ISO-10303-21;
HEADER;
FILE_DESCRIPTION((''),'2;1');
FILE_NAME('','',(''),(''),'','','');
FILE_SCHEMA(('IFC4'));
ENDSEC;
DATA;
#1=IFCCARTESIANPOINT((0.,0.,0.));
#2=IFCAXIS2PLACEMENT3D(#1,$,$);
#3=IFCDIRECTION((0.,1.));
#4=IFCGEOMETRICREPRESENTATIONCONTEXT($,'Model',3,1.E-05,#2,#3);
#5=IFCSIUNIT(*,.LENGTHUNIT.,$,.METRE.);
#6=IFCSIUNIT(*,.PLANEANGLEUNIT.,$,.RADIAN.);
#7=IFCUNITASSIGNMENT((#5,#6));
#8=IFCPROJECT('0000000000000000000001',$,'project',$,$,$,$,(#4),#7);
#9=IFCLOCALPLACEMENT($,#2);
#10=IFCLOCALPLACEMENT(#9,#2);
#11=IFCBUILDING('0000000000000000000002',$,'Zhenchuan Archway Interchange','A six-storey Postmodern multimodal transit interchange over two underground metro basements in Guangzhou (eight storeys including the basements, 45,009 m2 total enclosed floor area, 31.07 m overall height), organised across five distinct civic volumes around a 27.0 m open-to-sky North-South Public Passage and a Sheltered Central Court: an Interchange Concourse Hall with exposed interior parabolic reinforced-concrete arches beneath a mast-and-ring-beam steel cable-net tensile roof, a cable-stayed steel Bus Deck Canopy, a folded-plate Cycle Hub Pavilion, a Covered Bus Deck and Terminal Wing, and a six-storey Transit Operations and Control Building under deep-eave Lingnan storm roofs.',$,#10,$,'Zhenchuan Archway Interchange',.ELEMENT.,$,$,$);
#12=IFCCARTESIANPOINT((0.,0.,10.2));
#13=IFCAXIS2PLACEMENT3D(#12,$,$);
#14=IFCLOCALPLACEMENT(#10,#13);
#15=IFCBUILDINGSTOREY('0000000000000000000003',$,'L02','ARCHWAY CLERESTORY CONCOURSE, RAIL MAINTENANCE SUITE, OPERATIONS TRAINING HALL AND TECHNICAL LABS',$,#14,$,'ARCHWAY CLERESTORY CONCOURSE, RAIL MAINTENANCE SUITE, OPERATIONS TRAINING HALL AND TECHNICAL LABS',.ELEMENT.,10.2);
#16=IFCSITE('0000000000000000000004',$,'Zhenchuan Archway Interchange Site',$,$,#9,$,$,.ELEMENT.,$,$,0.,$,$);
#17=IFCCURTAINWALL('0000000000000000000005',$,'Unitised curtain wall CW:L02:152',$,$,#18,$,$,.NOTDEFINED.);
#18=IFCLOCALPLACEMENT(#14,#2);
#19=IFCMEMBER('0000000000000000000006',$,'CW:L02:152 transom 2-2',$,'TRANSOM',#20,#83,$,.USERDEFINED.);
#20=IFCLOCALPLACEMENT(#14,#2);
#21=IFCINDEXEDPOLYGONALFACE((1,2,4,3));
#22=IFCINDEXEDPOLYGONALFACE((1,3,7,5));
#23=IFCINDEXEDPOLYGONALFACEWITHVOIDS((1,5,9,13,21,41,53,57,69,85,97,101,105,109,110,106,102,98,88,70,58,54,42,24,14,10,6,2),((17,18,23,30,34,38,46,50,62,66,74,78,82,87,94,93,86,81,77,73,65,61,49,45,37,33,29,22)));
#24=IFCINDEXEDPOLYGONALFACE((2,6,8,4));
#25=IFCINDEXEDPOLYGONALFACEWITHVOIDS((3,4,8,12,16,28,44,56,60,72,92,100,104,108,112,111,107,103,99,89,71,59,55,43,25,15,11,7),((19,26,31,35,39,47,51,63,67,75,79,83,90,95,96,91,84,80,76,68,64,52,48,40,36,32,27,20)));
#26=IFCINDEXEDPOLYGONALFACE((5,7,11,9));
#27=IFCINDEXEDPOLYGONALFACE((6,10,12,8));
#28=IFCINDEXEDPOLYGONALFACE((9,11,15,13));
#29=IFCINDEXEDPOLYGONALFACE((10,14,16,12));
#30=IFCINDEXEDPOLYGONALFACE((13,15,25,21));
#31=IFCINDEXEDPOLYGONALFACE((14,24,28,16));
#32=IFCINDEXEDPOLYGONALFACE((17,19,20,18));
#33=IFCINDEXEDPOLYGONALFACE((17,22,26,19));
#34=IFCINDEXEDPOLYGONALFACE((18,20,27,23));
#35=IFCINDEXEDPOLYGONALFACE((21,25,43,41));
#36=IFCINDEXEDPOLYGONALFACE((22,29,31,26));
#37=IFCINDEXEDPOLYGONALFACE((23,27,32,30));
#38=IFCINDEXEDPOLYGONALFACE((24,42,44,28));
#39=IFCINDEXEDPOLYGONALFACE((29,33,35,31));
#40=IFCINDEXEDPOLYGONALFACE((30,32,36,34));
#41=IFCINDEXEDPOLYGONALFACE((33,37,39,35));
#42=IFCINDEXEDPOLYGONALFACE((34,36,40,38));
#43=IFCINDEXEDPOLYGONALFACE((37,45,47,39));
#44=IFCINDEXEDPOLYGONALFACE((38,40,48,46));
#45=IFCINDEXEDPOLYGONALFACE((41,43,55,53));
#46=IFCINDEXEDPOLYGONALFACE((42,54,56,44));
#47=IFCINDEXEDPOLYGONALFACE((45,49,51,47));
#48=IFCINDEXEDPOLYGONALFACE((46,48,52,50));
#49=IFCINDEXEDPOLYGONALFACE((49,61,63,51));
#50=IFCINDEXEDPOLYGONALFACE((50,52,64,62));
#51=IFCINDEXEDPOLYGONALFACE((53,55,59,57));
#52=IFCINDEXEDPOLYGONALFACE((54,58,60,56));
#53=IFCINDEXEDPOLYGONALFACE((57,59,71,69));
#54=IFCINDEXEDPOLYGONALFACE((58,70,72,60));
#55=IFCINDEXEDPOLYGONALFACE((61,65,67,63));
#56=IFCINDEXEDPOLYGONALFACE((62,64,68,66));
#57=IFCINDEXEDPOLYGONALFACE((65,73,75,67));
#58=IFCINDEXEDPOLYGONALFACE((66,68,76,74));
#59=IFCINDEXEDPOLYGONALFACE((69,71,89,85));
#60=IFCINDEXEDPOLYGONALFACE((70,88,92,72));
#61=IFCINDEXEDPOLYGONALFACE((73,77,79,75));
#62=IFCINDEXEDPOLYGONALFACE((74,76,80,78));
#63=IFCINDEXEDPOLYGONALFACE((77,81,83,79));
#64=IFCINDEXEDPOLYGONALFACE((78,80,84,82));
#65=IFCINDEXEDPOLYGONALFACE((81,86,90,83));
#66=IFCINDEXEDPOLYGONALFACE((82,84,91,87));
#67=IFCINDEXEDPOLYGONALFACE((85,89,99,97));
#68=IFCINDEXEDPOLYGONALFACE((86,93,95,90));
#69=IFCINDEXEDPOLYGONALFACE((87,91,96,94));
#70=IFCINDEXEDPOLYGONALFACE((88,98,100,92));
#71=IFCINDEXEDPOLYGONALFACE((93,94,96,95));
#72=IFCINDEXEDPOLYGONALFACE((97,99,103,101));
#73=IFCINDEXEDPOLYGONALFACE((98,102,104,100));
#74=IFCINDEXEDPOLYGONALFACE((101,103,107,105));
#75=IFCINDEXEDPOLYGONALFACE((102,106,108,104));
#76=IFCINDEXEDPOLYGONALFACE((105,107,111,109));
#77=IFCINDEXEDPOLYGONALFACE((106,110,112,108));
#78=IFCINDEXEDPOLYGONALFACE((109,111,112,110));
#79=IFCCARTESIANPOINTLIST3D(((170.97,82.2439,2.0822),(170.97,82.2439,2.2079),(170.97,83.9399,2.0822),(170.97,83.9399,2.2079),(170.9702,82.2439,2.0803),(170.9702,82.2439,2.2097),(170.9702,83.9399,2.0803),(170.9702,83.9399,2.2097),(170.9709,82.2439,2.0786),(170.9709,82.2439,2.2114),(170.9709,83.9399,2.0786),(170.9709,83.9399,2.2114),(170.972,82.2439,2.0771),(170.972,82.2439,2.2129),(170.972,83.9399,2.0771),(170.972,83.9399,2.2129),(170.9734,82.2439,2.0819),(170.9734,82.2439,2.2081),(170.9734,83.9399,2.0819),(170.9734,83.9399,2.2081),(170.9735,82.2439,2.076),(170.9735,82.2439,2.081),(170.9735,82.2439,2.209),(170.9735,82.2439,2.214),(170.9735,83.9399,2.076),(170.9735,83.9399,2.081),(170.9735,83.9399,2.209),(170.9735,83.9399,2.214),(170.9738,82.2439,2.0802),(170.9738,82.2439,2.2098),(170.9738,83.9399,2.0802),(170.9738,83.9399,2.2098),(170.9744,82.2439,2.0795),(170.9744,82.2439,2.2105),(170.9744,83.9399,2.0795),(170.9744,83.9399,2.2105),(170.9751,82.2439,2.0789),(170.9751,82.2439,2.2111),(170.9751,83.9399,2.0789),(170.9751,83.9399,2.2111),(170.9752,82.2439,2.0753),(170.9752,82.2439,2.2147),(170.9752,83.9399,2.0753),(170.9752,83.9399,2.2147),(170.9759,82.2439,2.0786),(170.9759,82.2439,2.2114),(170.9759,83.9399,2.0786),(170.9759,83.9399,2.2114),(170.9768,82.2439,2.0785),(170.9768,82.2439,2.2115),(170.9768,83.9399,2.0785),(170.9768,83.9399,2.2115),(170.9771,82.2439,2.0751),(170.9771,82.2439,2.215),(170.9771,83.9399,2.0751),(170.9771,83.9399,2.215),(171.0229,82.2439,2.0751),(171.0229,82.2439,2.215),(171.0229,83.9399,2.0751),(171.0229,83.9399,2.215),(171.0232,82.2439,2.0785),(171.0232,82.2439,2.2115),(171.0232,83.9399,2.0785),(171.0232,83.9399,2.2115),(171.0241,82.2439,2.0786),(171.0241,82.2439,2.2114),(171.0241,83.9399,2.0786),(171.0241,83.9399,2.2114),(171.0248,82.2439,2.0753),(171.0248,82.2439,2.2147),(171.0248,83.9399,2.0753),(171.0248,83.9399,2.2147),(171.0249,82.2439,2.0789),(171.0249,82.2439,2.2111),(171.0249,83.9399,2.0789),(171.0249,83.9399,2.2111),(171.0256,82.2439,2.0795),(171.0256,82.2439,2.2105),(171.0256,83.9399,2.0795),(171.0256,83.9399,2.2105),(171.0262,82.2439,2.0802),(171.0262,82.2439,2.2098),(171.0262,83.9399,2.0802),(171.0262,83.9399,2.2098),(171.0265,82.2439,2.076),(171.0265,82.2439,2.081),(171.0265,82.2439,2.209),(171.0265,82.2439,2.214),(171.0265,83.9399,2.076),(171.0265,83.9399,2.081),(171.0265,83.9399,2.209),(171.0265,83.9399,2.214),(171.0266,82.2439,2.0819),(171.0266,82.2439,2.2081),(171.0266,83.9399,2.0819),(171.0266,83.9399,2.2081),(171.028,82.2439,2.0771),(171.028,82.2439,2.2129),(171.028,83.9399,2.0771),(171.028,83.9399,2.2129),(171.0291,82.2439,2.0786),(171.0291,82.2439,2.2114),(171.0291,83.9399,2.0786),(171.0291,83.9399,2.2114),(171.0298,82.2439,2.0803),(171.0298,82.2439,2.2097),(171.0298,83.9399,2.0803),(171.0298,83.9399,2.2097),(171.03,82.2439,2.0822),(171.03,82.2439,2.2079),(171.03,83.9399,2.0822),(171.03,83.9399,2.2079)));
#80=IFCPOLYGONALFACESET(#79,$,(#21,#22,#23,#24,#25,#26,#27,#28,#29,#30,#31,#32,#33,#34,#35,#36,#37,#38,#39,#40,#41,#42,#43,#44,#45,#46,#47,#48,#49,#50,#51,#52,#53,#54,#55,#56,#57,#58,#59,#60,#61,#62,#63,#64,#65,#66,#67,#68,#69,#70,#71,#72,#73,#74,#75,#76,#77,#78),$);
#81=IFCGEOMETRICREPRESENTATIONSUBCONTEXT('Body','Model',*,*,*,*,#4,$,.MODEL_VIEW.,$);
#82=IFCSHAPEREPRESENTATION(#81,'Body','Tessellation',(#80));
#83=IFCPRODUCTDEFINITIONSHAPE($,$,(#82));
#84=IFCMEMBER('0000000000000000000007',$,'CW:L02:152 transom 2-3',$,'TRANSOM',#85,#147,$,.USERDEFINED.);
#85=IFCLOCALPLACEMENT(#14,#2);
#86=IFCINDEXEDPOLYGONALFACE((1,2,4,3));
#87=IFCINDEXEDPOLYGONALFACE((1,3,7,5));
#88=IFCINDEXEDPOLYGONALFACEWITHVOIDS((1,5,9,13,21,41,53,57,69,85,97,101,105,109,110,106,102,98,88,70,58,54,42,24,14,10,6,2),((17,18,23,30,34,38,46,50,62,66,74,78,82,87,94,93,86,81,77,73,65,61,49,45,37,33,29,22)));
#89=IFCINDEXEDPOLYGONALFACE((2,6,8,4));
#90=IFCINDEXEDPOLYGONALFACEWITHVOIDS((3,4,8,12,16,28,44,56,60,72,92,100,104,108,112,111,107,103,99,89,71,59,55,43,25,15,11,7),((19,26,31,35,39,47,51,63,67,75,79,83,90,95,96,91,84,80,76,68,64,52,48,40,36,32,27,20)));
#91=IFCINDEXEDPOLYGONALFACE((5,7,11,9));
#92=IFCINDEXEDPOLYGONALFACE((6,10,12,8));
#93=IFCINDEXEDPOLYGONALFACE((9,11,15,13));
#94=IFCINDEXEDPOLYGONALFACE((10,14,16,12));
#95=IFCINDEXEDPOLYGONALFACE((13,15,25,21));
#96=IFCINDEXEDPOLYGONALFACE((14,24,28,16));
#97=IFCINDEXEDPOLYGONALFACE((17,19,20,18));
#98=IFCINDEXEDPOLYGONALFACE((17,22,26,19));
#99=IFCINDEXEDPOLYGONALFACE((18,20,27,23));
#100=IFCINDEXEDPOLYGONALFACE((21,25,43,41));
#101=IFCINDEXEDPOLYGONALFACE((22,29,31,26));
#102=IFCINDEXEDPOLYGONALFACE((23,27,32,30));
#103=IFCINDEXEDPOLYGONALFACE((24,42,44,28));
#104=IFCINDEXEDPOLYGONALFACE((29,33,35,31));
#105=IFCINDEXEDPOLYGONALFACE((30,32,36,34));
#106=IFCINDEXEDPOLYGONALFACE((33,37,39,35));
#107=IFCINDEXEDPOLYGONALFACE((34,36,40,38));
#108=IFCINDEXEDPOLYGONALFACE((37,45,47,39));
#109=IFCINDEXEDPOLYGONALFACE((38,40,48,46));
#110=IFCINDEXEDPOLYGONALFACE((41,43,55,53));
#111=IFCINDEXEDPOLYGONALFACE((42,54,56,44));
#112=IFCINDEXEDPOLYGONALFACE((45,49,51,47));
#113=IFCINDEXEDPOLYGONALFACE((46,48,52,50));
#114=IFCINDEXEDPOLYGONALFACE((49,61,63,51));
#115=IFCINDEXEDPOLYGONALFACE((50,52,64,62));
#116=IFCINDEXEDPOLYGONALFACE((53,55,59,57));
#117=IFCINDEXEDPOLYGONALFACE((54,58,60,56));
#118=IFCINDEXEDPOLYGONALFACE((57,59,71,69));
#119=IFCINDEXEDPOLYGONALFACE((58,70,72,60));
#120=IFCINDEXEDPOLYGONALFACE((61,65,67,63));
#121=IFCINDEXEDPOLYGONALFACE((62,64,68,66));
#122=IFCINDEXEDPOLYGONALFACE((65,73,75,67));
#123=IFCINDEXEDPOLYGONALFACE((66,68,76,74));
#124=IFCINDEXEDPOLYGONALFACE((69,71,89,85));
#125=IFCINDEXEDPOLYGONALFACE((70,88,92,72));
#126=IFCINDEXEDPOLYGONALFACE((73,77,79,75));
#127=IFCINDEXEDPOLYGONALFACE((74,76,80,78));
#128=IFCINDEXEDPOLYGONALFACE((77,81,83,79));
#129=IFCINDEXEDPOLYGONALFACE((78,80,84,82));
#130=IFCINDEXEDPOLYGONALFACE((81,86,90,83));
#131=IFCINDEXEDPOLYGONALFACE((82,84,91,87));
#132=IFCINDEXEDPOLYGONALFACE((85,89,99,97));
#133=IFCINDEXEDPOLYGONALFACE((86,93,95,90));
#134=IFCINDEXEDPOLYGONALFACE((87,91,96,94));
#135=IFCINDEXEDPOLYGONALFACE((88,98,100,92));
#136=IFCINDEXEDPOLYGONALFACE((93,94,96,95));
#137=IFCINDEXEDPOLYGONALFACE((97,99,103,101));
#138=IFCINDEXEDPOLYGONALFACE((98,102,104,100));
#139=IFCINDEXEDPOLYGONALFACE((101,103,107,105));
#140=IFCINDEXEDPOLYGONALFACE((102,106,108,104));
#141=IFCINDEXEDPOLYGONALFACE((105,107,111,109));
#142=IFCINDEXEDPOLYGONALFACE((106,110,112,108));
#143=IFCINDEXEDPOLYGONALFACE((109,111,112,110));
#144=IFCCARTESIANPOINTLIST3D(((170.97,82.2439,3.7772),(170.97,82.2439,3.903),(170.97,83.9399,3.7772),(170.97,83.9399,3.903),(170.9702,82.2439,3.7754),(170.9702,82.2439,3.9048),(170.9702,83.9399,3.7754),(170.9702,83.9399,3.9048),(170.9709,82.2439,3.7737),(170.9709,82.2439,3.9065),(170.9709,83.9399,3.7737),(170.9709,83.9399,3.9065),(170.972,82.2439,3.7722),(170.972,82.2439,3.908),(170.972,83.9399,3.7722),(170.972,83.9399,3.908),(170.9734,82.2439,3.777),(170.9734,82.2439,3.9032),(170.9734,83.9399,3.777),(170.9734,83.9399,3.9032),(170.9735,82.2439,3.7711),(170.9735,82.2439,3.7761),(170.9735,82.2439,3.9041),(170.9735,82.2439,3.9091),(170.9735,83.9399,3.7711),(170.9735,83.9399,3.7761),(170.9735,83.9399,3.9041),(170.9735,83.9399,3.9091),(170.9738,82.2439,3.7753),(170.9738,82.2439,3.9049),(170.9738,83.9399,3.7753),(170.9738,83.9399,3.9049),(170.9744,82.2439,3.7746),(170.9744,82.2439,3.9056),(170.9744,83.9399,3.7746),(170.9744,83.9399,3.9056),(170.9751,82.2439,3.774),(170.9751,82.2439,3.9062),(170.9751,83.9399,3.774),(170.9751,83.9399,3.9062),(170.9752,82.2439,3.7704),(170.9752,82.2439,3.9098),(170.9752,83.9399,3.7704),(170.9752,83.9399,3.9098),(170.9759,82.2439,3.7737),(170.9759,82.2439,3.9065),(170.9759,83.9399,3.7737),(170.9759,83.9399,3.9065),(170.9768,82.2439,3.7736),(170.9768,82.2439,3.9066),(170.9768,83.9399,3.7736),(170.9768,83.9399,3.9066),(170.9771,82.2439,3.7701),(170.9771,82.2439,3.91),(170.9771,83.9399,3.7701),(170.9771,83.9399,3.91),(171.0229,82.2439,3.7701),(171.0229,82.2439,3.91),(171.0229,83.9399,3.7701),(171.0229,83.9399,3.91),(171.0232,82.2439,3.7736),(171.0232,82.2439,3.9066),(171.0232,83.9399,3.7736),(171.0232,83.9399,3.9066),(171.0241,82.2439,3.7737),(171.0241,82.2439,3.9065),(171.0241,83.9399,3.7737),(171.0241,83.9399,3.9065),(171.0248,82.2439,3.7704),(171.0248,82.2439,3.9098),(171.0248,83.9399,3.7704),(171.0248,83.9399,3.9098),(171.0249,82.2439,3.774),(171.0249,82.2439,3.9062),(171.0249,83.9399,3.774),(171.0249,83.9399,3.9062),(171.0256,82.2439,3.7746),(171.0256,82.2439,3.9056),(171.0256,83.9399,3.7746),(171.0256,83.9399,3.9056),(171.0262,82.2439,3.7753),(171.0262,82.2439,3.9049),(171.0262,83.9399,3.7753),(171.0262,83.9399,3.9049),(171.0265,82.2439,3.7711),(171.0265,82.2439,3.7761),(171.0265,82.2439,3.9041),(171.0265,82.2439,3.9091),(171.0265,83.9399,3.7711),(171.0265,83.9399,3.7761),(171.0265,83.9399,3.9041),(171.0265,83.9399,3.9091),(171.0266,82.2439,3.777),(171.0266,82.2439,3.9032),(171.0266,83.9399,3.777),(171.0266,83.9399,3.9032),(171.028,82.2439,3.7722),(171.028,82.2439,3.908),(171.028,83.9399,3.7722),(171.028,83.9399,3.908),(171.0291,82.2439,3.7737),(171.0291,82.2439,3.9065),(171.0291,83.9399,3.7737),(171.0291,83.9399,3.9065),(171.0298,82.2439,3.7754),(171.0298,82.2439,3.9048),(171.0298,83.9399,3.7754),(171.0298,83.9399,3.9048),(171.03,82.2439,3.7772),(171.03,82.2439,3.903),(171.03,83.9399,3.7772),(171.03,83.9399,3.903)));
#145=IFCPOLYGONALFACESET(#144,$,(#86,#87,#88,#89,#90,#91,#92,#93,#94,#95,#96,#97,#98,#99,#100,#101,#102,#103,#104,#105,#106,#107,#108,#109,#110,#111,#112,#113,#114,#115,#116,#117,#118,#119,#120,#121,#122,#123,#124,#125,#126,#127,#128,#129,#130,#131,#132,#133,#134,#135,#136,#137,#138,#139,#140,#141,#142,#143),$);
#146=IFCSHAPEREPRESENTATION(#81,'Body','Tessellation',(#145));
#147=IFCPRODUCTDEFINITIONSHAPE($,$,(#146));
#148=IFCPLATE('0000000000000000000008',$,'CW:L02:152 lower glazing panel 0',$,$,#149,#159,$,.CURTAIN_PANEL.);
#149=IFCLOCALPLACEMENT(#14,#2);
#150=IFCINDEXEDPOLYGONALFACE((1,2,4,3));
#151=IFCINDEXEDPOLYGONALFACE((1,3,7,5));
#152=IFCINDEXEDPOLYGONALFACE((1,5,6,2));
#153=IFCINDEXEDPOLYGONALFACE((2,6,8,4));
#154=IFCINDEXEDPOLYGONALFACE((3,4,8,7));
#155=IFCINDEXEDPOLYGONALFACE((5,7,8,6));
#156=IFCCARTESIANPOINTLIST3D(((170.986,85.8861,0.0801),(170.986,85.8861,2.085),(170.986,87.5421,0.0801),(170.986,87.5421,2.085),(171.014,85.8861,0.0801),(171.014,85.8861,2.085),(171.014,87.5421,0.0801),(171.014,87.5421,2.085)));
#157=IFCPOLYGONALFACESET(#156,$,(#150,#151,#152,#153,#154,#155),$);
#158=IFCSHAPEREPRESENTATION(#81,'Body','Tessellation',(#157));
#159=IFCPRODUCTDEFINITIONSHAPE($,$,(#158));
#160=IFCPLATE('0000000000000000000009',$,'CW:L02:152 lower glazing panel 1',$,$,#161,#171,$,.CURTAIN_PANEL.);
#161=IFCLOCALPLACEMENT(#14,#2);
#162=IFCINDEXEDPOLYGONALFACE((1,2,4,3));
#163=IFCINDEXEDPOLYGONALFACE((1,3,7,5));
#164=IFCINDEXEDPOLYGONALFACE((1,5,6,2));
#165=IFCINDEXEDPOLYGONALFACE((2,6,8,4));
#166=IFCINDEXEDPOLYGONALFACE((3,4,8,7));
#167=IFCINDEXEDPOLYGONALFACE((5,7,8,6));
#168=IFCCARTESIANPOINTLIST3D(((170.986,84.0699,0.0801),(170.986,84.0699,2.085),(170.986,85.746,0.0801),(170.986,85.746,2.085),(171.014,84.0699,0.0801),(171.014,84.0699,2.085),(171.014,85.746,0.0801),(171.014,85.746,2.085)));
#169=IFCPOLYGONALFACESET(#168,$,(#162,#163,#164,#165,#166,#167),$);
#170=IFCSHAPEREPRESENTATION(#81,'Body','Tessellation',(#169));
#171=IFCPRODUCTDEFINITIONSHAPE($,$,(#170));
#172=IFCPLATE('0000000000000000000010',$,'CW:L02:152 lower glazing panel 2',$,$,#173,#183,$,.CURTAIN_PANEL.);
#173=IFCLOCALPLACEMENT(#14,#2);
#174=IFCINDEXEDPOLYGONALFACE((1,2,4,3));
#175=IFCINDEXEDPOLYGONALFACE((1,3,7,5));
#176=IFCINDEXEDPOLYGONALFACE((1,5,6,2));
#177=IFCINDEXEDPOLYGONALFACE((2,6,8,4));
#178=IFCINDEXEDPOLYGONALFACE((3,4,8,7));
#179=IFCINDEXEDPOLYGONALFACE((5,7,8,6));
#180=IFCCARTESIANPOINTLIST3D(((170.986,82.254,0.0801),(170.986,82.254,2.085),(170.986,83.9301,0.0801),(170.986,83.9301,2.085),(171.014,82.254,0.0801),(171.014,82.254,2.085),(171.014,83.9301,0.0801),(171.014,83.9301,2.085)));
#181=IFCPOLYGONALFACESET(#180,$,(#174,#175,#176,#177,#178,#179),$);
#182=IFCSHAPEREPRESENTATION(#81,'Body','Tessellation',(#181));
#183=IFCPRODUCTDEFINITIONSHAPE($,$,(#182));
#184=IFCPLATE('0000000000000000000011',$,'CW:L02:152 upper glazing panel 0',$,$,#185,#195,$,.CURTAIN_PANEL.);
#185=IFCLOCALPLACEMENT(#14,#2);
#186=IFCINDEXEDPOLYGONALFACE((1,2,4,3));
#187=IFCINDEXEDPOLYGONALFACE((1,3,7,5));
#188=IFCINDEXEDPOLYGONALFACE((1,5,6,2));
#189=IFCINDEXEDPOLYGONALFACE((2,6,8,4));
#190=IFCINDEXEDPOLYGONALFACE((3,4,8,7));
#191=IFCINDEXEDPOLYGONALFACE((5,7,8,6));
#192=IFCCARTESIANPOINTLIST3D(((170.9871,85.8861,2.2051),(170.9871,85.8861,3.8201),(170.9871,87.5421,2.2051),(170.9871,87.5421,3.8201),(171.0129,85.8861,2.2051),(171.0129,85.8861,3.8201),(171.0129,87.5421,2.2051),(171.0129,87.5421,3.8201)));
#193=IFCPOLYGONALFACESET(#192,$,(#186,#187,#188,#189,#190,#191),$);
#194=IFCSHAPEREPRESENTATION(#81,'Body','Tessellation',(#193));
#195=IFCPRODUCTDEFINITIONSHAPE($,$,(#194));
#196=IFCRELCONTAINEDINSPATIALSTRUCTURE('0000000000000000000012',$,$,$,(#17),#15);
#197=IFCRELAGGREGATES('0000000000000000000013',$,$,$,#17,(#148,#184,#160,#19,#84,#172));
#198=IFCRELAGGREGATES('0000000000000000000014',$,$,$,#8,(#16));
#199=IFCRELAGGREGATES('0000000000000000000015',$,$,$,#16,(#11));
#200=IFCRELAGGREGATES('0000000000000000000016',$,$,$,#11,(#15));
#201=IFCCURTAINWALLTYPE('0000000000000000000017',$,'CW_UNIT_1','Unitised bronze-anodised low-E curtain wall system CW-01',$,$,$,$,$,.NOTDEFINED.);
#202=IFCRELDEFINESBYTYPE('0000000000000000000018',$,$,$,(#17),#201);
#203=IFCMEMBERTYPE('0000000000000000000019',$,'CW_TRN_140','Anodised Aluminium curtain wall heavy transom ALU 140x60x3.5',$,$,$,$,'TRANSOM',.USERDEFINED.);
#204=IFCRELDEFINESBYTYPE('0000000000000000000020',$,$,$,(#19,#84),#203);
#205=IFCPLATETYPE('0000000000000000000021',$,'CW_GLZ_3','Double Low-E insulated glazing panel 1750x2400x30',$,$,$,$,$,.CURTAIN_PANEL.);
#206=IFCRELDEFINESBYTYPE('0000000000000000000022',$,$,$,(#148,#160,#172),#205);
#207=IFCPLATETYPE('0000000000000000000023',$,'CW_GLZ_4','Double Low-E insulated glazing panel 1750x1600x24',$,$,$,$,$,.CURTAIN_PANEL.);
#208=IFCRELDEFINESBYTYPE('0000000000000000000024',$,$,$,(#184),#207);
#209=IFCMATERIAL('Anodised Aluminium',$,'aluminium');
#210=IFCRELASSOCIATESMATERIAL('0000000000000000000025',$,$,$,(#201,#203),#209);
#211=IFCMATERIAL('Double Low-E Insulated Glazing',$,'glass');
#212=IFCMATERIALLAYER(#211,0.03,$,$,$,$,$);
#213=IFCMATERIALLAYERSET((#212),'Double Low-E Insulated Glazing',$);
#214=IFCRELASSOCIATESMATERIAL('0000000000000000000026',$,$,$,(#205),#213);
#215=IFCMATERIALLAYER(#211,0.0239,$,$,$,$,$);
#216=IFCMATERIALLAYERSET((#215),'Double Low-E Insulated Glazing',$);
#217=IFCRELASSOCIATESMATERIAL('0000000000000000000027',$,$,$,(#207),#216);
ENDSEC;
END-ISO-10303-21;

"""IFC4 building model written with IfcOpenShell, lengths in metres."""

from ifc_helpers import new_model, si_unit, direction, frame, origin, origin_2d, place, context, subcontext, project, spatial, rectangle, hollow_rectangle, extrude, material, layer, layer_set, material_profile, profile_set, type_object, element, aggregate, save


model = new_model("IFC4")

# Units and contexts
model_context = context("Model", 3, precision=1e-05, world=origin(), true_north=direction((0.0, 1.0)))
body_context = subcontext(model_context, "Body", "Model", "MODEL_VIEW")
ifc_project = project(units=[si_unit("LENGTHUNIT", "METRE"), si_unit("PLANEANGLEUNIT", "RADIAN")], contexts=[model_context])

# Site, building, storey
site_placement = place(None, origin())
site = spatial("IfcSite", under=ifc_project, at=site_placement, Name="Zhenchuan Archway Interchange Site", CompositionType="ELEMENT", RefElevation=0.0)
building_placement = place(site_placement, origin())
building = spatial("IfcBuilding", under=site, at=building_placement, Name="Zhenchuan Archway Interchange", Description="A six-storey Postmodern multimodal transit interchange over two underground metro basements in Guangzhou (eight storeys including the basements, 45,009 m2 total enclosed floor area, 31.07 m overall height), organised across five distinct civic volumes around a 27.0 m open-to-sky North-South Public Passage and a Sheltered Central Court: an Interchange Concourse Hall with exposed interior parabolic reinforced-concrete arches beneath a mast-and-ring-beam steel cable-net tensile roof, a cable-stayed steel Bus Deck Canopy, a folded-plate Cycle Hub Pavilion, a Covered Bus Deck and Terminal Wing, and a six-storey Transit Operations and Control Building under deep-eave Lingnan storm roofs.", LongName="Zhenchuan Archway Interchange", CompositionType="ELEMENT")
storey_placement = place(building_placement, frame((0.0, 0.0, 10.2)))
storey = spatial("IfcBuildingStorey", under=building, at=storey_placement, Name="L02", Description="ARCHWAY CLERESTORY CONCOURSE, RAIL MAINTENANCE SUITE, OPERATIONS TRAINING HALL AND TECHNICAL LABS", LongName="ARCHWAY CLERESTORY CONCOURSE, RAIL MAINTENANCE SUITE, OPERATIONS TRAINING HALL AND TECHNICAL LABS", CompositionType="ELEMENT", Elevation=10.2)

# Curtain wall, members, plates
ifc_material_1 = material(Name="Anodised Aluminium", Category="aluminium")
curtain_wall_type = type_object("IfcCurtainWallType", Name="CW_UNIT_1", Description="Unitised bronze-anodised low-E curtain wall system CW-01", PredefinedType="NOTDEFINED", material=ifc_material_1)
curtain_wall_placement = place(storey_placement, origin())
curtain_wall = element("IfcCurtainWall", 1, at=curtain_wall_placement, inside=storey, type_object=curtain_wall_type, Name="Unitised curtain wall CW:L02:152", PredefinedType="NOTDEFINED")
ifc_material_profile_1 = material_profile(ifc_material_1, hollow_rectangle(XDim=0.0601, YDim=0.1399, WallThickness=0.0034, InnerFilletRadius=0.0034, OuterFilletRadius=0.0071, at=origin_2d()), Name="ALU 140x60x3.5")
ifc_profile_set_1 = profile_set([ifc_material_profile_1], Name="Anodised Aluminium")
member_type_1 = type_object("IfcMemberType", Name="CW_TRN_140", Description="Anodised Aluminium curtain wall heavy transom ALU 140x60x3.5", ElementType="TRANSOM", PredefinedType="USERDEFINED", material=ifc_profile_set_1)
member_1_placement = place(storey_placement, frame((171.0, 83.9399, 2.145), z_axis=(0.0, -1.0, 0.0), x_axis=(1.0, 0.0, 0.0)))
member_1 = element("IfcMember", 2, at=member_1_placement, type_object=member_type_1, Name="CW:L02:152 transom 2-2", ObjectType="TRANSOM", PredefinedType="USERDEFINED", context=body_context, shape_type="SweptSolid", body=[
    extrude(hollow_rectangle(XDim=0.0601, YDim=0.1399, WallThickness=0.0034, InnerFilletRadius=0.0034, OuterFilletRadius=0.0071, at=origin_2d()), origin(), (0.0, 0.0, 1.0), 1.696),
])
member_2_placement = place(storey_placement, frame((171.0, 83.9399, 3.8401), z_axis=(0.0, -1.0, 0.0), x_axis=(1.0, 0.0, 0.0)))
member_2 = element("IfcMember", 3, at=member_2_placement, type_object=member_type_1, Name="CW:L02:152 transom 2-3", ObjectType="TRANSOM", PredefinedType="USERDEFINED", context=body_context, shape_type="SweptSolid", body=[
    extrude(hollow_rectangle(XDim=0.0601, YDim=0.1399, WallThickness=0.0034, InnerFilletRadius=0.0034, OuterFilletRadius=0.0071, at=origin_2d()), origin(), (0.0, 0.0, 1.0), 1.696),
])
ifc_material_2 = material(Name="Double Low-E Insulated Glazing", Category="glass")
ifc_layer_1 = layer(ifc_material_2, 0.03)
ifc_layer_set_1 = layer_set([ifc_layer_1], Name="Double Low-E Insulated Glazing")
plate_type_1 = type_object("IfcPlateType", Name="CW_GLZ_3", Description="Double Low-E insulated glazing panel 1750x2400x30", PredefinedType="CURTAIN_PANEL", material=ifc_layer_set_1)
plate_1_placement = place(storey_placement, frame((171.0, 86.7141, 0.0801), z_axis=(0.0, 0.0, 1.0), x_axis=(0.0, -1.0, 0.0)))
plate_1 = element("IfcPlate", 4, at=plate_1_placement, type_object=plate_type_1, Name="CW:L02:152 lower glazing panel 0", PredefinedType="CURTAIN_PANEL", context=body_context, shape_type="SweptSolid", body=[
    extrude(rectangle(XDim=1.656, YDim=0.0281, at=origin_2d()), origin(), (0.0, 0.0, 1.0), 2.0049),
])
plate_2_placement = place(storey_placement, frame((171.0, 84.908, 0.0801), z_axis=(0.0, 0.0, 1.0), x_axis=(0.0, -1.0, 0.0)))
plate_2 = element("IfcPlate", 5, at=plate_2_placement, type_object=plate_type_1, Name="CW:L02:152 lower glazing panel 1", PredefinedType="CURTAIN_PANEL", context=body_context, shape_type="SweptSolid", body=[
    extrude(rectangle(XDim=1.676, YDim=0.0281, at=origin_2d()), origin(), (0.0, 0.0, 1.0), 2.0049),
])
plate_3_placement = place(storey_placement, frame((171.0, 83.092, 0.0801), z_axis=(0.0, 0.0, 1.0), x_axis=(0.0, -1.0, 0.0)))
plate_3 = element("IfcPlate", 6, at=plate_3_placement, type_object=plate_type_1, Name="CW:L02:152 lower glazing panel 2", PredefinedType="CURTAIN_PANEL", context=body_context, shape_type="SweptSolid", body=[
    extrude(rectangle(XDim=1.676, YDim=0.0281, at=origin_2d()), origin(), (0.0, 0.0, 1.0), 2.0049),
])
ifc_layer_2 = layer(ifc_material_2, 0.0239)
ifc_layer_set_2 = layer_set([ifc_layer_2], Name="Double Low-E Insulated Glazing")
plate_type_2 = type_object("IfcPlateType", Name="CW_GLZ_4", Description="Double Low-E insulated glazing panel 1750x1600x24", PredefinedType="CURTAIN_PANEL", material=ifc_layer_set_2)
plate_4_placement = place(storey_placement, frame((171.0, 86.7141, 2.2051), z_axis=(0.0, 0.0, 1.0), x_axis=(0.0, -1.0, 0.0)))
plate_4 = element("IfcPlate", 7, at=plate_4_placement, type_object=plate_type_2, Name="CW:L02:152 upper glazing panel 0", PredefinedType="CURTAIN_PANEL", context=body_context, shape_type="SweptSolid", body=[
    extrude(rectangle(XDim=1.656, YDim=0.0259, at=origin_2d()), origin(), (0.0, 0.0, 1.0), 1.615),
])
aggregate(curtain_wall, [plate_1, plate_4, plate_2, member_1, member_2, plate_3])

save(model, "model.ifc")
